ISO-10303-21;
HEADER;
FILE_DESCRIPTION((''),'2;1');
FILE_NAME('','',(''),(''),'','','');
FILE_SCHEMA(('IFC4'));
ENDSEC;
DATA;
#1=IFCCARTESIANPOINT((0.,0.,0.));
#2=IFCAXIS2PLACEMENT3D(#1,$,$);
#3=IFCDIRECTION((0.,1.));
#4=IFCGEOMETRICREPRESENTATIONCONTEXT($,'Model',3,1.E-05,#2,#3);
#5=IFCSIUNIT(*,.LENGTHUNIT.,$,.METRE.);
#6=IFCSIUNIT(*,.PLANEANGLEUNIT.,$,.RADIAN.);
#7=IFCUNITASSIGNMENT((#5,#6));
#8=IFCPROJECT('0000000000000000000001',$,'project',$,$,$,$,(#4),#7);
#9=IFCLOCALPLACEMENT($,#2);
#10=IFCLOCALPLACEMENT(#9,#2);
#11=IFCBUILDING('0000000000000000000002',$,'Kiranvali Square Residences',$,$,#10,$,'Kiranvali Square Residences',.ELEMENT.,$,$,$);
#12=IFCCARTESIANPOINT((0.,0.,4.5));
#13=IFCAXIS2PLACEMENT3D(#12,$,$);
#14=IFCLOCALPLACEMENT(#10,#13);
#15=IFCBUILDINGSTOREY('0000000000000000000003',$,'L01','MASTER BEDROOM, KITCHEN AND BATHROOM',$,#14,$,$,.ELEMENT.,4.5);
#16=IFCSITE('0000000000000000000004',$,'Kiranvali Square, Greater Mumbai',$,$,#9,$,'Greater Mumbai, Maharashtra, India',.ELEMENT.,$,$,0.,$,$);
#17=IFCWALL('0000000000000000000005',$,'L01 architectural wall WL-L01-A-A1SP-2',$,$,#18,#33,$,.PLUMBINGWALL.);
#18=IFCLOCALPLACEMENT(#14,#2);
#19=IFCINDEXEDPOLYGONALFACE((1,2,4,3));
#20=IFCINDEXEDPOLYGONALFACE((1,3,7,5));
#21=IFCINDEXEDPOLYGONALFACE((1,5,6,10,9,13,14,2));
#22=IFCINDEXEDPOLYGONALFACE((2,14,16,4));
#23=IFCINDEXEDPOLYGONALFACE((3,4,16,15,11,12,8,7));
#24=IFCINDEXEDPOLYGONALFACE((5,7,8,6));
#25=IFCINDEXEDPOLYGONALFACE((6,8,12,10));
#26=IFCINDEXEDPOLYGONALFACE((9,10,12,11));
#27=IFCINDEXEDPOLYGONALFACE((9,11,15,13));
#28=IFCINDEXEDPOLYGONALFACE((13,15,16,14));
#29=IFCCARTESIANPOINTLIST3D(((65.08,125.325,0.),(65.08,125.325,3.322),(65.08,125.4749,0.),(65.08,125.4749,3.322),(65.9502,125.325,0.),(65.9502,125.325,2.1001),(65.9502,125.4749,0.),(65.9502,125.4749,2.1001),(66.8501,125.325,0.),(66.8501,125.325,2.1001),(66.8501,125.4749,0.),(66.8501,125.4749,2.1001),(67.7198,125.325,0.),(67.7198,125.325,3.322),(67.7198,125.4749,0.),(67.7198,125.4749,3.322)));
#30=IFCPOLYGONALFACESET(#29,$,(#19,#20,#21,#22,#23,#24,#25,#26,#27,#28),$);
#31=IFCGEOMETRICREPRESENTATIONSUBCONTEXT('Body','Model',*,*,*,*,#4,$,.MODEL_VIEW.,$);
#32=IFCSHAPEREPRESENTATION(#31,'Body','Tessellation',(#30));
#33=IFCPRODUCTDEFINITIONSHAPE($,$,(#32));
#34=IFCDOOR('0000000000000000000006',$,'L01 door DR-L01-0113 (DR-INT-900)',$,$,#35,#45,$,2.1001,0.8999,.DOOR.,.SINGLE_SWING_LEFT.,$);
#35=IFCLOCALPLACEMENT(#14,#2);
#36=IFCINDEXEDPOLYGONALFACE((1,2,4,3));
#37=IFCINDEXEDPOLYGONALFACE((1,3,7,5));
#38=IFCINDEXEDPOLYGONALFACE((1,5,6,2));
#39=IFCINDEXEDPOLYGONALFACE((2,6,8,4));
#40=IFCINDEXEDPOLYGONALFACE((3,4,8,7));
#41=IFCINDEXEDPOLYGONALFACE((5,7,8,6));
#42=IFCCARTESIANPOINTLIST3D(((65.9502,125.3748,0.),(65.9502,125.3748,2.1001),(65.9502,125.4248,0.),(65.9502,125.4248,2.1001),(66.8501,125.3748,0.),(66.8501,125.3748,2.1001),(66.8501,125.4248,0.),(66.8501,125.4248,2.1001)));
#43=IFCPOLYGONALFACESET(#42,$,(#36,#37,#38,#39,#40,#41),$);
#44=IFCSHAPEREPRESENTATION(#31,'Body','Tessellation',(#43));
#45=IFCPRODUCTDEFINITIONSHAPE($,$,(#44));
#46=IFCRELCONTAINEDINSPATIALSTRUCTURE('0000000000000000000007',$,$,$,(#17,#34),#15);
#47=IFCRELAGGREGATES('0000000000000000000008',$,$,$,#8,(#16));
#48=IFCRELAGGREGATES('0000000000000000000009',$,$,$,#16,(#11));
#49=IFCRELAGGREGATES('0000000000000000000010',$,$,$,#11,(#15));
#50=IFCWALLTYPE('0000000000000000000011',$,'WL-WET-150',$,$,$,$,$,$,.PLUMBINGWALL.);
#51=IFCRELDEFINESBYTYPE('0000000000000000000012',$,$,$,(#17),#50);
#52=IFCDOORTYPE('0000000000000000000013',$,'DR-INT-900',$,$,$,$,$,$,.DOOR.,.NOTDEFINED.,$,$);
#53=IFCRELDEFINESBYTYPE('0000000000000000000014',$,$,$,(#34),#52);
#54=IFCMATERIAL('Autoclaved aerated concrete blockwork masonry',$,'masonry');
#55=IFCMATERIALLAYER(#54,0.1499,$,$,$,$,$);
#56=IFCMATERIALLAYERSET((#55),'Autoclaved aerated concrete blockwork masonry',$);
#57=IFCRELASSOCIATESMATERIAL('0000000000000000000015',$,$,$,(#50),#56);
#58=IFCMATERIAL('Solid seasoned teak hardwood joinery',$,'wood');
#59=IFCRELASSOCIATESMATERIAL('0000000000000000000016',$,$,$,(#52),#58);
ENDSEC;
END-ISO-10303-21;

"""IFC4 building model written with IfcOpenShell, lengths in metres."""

from ifc_helpers import new_model, si_unit, direction, frame, frame_2d, origin, place, context, subcontext, project, spatial, rectangle, extrude, material, layer, layer_set, type_object, element, fill, save


model = new_model("IFC4")

# Units and contexts
model_context = context("Model", 3, precision=1e-05, world=origin(), true_north=direction((0.0, 1.0)))
body_context = subcontext(model_context, "Body", "Model", "MODEL_VIEW")
ifc_project = project(units=[si_unit("LENGTHUNIT", "METRE"), si_unit("PLANEANGLEUNIT", "RADIAN")], contexts=[model_context])

# Site, building, storey
site_placement = place(None, origin())
site = spatial("IfcSite", under=ifc_project, at=site_placement, Name="Kiranvali Square, Greater Mumbai", LongName="Greater Mumbai, Maharashtra, India", CompositionType="ELEMENT", RefElevation=0.0)
building_placement = place(site_placement, origin())
building = spatial("IfcBuilding", under=site, at=building_placement, Name="Kiranvali Square Residences", LongName="Kiranvali Square Residences", CompositionType="ELEMENT")
storey_placement = place(building_placement, frame((0.0, 0.0, 4.5)))
storey = spatial("IfcBuildingStorey", under=building, at=storey_placement, Name="L01", Description="MASTER BEDROOM, KITCHEN AND BATHROOM", CompositionType="ELEMENT", Elevation=4.5)

# Shared definitions
ifc_material_1 = material(Name="Autoclaved aerated concrete blockwork masonry", Category="masonry")

# Wall, opening, door
ifc_material_2 = material(Name="Solid seasoned teak hardwood joinery", Category="wood")
ifc_layer_1 = layer(ifc_material_1, 0.1499)
ifc_layer_set_1 = layer_set([ifc_layer_1], Name="Autoclaved aerated concrete blockwork masonry")
wall_type_1 = type_object("IfcWallType", Name="WL-WET-150", PredefinedType="PLUMBINGWALL", material=ifc_layer_set_1)
wall_1_placement = place(storey_placement, frame((65.0801, 125.3999, 0.0), z_axis=(0.0, 0.0, 1.0), x_axis=(1.0, 0.0, 0.0)))
wall_1 = element("IfcWall", 1, at=wall_1_placement, inside=storey, type_object=wall_type_1, Name="L01 architectural wall WL-L01-A-A1SP-2", PredefinedType="PLUMBINGWALL", context=body_context, shape_type="SweptSolid", body=[
    extrude(rectangle(XDim=2.6399, YDim=0.1499, at=frame_2d((1.3198, 0.0))), origin(), (0.0, 0.0, 1.0), 3.322),
])
opening_1_placement = place(wall_1_placement, frame((0.8701, 0.0, 0.0)))
opening_1 = element("IfcOpeningElement", 2, at=opening_1_placement, cuts=wall_1, PredefinedType="OPENING", context=body_context, shape_type="SweptSolid", body=[
    extrude(rectangle(XDim=0.8999, YDim=2.1001, at=frame_2d((0.45, 1.05))), frame((0.0, 0.085, 0.0), z_axis=(0.0, -1.0, 0.0), x_axis=(1.0, 0.0, 0.0)), (0.0, 0.0, 1.0), 0.1699),
])
door_type_1 = type_object("IfcDoorType", Name="DR-INT-900", OperationType="NOTDEFINED", PredefinedType="DOOR", material=ifc_material_2)
door_1_placement = place(opening_1_placement, origin())
door_1 = element("IfcDoor", 3, at=door_1_placement, inside=storey, type_object=door_type_1, Name="L01 door DR-L01-0113 (DR-INT-900)", OperationType="SINGLE_SWING_LEFT", OverallHeight=2.1001, OverallWidth=0.8999, PredefinedType="DOOR", context=body_context, shape_type="SweptSolid", body=[
    extrude(rectangle(XDim=0.8999, YDim=2.1001, at=frame_2d((0.45, 1.05))), frame((0.0, 0.0249, 0.0), z_axis=(0.0, -1.0, 0.0), x_axis=(1.0, 0.0, 0.0)), (0.0, 0.0, 1.0), 0.05),
])
fill(opening_1, door_1)

save(model, "model.ifc")
